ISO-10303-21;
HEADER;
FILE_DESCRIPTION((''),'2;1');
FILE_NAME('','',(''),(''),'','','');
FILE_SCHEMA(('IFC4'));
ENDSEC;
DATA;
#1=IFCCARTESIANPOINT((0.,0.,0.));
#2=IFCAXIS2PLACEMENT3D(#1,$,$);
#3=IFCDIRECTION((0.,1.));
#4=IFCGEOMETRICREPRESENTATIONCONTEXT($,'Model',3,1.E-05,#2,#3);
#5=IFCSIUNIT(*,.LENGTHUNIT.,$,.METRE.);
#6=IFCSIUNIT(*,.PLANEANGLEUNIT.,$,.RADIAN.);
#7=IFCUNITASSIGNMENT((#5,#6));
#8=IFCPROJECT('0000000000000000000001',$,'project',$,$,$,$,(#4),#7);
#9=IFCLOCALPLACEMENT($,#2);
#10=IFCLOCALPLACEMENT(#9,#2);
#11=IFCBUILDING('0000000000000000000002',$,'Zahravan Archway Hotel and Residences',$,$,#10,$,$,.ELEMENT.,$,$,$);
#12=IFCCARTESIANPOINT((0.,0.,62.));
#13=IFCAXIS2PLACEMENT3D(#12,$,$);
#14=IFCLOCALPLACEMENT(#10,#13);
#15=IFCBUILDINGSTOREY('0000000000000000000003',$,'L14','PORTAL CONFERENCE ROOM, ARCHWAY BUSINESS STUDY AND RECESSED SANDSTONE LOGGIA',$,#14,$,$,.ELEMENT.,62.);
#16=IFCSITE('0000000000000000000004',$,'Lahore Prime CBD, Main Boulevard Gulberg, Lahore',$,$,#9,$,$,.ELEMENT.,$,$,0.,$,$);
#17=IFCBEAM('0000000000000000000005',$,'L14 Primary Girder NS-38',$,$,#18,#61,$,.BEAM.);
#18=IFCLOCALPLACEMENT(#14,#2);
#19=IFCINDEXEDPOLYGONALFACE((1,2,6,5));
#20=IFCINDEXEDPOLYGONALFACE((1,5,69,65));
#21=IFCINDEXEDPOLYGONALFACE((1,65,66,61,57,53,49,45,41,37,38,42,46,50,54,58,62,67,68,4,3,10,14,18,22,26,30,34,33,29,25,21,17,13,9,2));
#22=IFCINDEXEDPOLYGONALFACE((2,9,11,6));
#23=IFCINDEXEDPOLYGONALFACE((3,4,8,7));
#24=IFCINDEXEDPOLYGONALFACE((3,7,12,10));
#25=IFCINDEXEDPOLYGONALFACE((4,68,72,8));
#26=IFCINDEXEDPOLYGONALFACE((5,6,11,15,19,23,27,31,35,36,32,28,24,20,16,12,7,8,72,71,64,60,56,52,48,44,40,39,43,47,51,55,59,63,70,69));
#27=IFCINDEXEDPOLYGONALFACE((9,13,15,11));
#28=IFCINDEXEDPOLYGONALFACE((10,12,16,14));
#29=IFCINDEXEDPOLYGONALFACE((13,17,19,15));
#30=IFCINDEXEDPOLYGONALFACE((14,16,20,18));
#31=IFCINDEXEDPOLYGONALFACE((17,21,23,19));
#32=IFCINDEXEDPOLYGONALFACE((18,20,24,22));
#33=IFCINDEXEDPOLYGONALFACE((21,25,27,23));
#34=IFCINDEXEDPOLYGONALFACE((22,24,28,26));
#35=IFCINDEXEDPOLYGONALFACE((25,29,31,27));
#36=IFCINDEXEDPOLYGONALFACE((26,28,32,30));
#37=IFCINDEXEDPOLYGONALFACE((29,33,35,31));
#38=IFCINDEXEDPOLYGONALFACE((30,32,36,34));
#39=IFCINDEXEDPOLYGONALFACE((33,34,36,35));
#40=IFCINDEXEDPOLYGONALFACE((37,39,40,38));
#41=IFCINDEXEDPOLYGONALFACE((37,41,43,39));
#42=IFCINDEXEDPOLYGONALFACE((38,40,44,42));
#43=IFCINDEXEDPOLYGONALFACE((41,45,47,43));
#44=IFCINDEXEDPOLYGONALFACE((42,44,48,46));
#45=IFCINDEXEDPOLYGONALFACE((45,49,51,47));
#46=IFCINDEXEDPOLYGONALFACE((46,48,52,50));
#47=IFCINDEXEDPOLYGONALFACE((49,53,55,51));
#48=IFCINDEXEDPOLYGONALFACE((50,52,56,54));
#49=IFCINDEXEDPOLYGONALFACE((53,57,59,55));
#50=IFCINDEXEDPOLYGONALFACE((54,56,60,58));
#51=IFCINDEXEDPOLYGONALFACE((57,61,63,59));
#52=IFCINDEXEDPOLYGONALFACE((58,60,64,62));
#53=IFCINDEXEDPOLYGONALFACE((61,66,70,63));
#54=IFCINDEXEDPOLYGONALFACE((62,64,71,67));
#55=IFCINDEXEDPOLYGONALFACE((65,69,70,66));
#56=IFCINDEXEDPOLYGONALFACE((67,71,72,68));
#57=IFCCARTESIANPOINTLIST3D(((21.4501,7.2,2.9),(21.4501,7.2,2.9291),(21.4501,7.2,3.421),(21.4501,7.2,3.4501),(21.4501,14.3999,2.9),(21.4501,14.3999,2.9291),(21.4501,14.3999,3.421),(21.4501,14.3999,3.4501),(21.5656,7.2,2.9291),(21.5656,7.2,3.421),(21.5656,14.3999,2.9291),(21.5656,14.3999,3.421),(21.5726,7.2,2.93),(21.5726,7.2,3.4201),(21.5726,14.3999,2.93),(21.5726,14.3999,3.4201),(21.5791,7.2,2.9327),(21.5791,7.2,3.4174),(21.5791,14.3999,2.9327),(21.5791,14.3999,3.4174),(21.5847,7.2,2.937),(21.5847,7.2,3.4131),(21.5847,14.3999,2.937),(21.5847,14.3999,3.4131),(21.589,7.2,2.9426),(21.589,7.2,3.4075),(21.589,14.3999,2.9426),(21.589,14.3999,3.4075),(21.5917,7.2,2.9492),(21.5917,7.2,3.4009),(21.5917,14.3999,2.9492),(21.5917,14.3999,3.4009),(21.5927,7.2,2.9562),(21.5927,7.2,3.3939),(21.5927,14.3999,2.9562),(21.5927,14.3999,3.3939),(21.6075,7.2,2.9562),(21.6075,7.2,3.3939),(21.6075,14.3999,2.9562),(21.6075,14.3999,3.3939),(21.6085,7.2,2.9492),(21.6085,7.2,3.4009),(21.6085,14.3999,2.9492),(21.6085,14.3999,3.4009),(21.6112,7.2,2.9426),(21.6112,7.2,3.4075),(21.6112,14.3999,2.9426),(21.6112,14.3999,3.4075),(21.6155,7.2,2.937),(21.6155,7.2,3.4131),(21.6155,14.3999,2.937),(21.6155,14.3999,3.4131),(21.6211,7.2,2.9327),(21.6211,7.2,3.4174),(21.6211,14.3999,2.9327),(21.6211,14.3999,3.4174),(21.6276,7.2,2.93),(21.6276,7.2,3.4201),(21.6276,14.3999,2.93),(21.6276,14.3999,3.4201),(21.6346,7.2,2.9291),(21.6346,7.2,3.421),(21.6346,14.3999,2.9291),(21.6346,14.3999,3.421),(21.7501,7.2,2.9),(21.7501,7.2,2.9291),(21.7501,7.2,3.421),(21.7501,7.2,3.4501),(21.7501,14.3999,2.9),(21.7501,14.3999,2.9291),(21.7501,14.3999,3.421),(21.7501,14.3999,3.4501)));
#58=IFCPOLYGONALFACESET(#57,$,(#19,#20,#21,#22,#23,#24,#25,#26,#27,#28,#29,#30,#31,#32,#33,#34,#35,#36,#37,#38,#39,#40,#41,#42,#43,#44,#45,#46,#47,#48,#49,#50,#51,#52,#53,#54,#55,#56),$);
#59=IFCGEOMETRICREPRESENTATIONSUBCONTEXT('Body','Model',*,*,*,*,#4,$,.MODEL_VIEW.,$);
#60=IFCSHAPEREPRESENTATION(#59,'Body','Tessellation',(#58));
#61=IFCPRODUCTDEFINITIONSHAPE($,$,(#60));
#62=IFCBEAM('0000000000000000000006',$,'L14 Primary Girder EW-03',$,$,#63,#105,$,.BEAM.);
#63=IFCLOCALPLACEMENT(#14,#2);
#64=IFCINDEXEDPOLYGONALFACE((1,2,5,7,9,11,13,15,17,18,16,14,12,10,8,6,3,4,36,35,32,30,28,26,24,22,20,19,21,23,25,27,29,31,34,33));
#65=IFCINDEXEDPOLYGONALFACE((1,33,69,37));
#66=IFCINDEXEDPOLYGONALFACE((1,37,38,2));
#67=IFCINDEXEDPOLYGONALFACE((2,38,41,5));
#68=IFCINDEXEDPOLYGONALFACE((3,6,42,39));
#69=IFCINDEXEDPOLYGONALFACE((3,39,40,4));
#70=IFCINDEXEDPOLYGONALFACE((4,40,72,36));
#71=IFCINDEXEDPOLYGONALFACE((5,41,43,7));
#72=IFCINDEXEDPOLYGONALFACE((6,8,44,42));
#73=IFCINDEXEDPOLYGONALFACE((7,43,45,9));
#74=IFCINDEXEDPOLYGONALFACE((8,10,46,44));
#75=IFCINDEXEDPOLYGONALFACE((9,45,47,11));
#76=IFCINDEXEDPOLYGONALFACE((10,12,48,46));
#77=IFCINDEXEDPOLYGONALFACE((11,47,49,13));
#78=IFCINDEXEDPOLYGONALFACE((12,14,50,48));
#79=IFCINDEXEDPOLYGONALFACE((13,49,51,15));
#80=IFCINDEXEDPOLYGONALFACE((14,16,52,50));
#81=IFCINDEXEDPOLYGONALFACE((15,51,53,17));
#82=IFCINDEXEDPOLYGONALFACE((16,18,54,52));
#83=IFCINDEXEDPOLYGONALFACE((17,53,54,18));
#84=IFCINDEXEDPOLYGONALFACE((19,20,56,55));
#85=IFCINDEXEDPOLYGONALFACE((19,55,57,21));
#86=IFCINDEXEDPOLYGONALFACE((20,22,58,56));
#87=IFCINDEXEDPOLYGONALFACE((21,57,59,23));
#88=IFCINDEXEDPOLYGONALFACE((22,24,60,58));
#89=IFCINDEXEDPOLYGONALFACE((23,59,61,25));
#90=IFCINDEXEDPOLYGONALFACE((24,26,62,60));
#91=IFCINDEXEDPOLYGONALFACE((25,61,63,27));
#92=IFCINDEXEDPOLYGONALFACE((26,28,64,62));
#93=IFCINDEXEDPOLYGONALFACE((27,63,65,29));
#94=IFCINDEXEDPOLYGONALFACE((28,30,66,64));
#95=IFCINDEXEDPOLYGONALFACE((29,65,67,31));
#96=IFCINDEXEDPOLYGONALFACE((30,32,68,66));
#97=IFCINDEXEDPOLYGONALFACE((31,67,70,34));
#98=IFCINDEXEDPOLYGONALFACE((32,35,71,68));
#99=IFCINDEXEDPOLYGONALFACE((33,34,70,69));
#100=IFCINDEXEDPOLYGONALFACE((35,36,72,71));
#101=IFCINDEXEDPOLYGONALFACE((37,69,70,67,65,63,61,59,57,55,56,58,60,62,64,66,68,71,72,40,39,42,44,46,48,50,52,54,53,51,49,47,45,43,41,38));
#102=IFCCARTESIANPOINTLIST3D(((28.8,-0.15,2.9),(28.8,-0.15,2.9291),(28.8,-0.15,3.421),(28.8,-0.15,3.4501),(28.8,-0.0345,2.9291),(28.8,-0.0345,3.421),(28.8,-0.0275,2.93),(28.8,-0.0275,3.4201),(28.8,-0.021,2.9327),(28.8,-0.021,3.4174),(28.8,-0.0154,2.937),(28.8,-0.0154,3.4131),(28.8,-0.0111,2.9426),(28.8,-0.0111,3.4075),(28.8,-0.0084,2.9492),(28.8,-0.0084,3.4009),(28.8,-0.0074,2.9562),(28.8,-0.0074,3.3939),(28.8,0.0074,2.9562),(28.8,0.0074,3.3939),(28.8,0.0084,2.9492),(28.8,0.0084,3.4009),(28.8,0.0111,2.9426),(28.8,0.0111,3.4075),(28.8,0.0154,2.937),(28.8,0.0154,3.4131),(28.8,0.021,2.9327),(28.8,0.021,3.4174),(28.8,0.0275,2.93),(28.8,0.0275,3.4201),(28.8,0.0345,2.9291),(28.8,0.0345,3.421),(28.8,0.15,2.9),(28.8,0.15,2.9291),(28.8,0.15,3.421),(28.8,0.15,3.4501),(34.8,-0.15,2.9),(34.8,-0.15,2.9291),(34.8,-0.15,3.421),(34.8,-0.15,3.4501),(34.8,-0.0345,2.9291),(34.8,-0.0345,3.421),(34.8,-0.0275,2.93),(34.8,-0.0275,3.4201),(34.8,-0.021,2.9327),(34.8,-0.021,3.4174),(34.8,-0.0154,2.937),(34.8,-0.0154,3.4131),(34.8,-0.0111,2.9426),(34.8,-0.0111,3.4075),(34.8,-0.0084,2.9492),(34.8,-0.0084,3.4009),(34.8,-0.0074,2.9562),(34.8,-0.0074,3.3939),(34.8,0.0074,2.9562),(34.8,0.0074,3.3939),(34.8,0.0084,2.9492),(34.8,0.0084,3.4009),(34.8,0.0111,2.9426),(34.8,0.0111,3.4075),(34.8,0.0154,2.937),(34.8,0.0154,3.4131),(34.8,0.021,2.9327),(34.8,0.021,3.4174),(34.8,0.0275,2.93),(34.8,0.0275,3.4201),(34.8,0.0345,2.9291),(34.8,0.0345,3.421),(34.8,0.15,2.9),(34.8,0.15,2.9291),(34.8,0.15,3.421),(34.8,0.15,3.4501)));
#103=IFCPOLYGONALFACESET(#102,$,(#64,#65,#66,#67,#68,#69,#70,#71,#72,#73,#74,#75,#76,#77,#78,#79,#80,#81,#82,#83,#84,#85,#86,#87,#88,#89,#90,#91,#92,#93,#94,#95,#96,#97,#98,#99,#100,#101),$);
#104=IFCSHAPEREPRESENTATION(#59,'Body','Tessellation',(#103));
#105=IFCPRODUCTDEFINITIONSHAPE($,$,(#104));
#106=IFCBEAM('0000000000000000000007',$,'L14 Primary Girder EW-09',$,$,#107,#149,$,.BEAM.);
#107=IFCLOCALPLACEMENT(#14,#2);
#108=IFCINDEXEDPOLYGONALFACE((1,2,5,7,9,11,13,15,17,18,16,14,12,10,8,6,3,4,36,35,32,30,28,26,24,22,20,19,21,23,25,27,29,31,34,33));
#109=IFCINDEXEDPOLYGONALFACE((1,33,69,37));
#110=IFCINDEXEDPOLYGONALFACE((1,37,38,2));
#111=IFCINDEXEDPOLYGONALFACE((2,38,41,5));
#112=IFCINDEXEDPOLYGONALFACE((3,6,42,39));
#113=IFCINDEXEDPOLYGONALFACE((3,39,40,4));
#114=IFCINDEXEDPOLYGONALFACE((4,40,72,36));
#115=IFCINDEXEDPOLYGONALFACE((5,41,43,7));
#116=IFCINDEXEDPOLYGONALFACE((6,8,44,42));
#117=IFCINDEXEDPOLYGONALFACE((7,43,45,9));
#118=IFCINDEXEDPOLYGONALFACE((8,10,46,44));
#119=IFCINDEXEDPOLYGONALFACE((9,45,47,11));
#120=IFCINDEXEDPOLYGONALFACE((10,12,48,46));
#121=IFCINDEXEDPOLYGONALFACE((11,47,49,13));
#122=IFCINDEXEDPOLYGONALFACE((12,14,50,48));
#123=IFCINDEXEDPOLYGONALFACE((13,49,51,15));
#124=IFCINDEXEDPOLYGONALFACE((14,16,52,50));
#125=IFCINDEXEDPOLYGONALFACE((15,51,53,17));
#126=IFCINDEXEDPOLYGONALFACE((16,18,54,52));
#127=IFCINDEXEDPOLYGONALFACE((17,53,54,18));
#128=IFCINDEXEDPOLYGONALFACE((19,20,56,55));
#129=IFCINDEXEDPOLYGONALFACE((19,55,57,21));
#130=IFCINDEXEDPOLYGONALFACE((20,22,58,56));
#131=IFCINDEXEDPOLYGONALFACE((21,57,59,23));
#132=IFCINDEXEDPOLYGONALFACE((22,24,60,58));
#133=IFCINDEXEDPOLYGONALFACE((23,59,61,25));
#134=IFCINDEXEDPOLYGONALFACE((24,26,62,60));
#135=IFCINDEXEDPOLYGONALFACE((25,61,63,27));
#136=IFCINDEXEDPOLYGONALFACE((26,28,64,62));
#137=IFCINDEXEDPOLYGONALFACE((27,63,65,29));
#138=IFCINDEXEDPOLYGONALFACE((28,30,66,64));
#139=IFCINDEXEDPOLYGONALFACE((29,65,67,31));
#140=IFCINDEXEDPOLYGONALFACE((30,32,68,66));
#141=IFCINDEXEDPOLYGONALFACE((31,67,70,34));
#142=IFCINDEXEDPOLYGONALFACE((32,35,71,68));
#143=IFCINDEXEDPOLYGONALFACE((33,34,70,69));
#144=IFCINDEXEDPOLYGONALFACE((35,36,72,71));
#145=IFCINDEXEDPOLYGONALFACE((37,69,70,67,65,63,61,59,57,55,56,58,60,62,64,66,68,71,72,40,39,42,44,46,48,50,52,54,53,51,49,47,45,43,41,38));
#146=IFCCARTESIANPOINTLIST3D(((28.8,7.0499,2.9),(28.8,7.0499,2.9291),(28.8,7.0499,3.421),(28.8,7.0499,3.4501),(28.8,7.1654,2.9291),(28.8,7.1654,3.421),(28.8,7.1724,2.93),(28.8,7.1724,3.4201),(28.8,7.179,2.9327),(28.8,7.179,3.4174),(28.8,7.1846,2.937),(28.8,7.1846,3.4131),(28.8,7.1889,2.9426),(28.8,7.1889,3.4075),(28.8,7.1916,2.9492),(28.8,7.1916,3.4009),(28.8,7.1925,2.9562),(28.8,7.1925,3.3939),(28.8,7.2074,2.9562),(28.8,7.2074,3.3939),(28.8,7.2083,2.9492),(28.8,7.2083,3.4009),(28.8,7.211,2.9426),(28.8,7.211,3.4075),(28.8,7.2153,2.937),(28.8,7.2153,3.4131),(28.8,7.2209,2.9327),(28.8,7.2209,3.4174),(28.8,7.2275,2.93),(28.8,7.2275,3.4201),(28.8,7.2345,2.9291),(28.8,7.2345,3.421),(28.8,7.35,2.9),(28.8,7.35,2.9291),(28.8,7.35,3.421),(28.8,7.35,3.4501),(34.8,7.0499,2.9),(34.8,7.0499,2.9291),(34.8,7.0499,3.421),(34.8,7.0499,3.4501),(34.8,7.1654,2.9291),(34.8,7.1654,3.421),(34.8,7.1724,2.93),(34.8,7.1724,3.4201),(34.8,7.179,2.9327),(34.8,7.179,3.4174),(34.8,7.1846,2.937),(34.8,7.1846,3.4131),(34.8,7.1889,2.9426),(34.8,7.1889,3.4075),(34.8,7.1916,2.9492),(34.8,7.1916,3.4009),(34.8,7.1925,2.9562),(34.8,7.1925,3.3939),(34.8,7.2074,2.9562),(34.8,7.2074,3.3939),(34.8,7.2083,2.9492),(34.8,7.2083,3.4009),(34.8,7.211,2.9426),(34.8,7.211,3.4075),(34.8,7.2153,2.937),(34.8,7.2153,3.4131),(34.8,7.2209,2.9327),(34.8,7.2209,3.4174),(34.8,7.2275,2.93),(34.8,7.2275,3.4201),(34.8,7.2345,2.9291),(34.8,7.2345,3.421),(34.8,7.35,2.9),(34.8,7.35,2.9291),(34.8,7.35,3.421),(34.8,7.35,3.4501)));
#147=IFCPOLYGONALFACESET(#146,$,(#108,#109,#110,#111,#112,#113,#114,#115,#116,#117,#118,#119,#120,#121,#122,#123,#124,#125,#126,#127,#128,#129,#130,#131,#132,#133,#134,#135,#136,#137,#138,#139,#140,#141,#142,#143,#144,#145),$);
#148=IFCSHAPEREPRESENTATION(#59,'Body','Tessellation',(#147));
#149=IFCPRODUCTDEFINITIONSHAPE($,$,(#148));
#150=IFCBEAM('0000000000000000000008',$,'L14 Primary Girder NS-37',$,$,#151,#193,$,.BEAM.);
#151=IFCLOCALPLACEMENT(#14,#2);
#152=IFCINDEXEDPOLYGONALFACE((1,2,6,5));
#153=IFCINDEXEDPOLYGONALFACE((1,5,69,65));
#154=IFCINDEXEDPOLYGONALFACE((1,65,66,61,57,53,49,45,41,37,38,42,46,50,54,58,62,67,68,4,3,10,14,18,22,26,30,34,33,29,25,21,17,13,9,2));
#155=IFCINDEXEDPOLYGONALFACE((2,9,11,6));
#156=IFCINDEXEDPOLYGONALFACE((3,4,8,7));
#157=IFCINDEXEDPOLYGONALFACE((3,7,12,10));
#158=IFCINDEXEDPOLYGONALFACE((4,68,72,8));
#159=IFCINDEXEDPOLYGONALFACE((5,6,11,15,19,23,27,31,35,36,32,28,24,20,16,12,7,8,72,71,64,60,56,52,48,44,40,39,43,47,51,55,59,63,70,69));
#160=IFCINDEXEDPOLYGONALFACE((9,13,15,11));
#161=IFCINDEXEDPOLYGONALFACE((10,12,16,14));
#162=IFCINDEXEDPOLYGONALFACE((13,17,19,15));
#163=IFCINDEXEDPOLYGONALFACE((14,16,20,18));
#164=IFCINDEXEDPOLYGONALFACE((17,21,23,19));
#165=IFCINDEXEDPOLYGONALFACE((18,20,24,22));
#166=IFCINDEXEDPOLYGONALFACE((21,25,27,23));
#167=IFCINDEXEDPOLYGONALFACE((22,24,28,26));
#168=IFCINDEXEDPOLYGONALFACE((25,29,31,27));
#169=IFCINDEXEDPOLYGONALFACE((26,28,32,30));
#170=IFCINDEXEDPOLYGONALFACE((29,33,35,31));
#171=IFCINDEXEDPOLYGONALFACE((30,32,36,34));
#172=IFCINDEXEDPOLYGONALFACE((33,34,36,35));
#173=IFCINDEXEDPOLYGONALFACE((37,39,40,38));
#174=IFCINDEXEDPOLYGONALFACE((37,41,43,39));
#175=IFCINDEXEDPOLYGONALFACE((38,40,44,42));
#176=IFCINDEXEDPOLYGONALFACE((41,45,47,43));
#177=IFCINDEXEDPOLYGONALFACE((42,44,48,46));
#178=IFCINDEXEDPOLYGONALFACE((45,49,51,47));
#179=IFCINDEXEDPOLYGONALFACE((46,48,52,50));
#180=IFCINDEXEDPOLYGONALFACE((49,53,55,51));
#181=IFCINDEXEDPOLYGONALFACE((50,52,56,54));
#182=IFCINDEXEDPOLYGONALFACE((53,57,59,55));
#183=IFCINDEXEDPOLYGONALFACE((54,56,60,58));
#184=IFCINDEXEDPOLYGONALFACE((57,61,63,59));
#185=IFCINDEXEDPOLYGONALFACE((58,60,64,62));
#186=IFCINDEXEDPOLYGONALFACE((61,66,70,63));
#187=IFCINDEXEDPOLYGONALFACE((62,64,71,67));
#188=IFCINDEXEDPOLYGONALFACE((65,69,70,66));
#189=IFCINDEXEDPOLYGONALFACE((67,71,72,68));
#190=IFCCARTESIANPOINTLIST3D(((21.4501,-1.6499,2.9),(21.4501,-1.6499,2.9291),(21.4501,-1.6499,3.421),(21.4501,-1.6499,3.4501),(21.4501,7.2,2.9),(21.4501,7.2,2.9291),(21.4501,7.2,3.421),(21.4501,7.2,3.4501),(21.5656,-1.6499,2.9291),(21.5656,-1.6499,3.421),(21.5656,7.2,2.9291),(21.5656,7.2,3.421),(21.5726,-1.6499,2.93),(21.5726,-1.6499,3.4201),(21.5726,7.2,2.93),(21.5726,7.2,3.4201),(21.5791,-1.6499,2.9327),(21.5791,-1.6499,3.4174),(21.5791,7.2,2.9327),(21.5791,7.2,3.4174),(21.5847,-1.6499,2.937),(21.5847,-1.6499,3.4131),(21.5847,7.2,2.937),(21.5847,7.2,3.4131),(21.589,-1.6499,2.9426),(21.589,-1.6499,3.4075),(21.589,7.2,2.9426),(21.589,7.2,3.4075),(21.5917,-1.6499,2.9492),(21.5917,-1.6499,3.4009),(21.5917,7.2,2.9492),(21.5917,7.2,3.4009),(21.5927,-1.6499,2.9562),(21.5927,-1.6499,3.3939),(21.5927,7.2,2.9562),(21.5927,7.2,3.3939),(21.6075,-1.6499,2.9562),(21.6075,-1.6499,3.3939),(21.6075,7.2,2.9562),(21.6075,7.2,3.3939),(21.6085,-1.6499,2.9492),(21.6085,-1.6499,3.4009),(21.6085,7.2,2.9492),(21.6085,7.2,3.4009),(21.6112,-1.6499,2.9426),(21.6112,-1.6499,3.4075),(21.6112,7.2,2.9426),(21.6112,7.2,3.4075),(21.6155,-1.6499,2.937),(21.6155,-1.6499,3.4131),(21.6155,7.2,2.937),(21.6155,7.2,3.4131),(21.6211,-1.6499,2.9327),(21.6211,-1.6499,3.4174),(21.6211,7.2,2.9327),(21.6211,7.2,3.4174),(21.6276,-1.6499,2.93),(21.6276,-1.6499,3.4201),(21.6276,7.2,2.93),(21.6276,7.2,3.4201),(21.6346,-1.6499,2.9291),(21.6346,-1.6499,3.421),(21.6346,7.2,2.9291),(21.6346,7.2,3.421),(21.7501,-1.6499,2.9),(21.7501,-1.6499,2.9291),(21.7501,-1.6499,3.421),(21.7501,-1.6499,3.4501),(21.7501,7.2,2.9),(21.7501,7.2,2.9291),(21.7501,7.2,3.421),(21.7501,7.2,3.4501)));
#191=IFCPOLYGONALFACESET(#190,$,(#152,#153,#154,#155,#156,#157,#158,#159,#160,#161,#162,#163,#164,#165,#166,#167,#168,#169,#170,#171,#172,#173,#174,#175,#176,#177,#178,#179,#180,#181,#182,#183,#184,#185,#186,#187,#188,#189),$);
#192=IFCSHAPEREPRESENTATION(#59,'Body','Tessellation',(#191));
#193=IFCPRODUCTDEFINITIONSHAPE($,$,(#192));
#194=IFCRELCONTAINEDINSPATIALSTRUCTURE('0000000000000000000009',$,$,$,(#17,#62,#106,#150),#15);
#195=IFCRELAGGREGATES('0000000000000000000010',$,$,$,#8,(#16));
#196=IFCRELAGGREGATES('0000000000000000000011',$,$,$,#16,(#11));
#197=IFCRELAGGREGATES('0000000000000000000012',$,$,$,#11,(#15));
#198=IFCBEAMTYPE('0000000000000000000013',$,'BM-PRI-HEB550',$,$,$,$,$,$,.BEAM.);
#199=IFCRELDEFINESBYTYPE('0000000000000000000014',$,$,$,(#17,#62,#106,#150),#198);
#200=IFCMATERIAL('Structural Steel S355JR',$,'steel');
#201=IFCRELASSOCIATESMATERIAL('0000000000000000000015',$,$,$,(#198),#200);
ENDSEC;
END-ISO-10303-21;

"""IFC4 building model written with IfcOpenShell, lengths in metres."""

from ifc_helpers import new_model, si_unit, direction, frame, origin, origin_2d, place, context, subcontext, project, spatial, i_section, extrude, source, transform, mapped, material, material_profile, profile_set, type_object, element, save


model = new_model("IFC4")

# Units and contexts
model_context = context("Model", 3, precision=1e-05, world=origin(), true_north=direction((0.0, 1.0)))
body_context = subcontext(model_context, "Body", "Model", "MODEL_VIEW")
ifc_project = project(units=[si_unit("LENGTHUNIT", "METRE"), si_unit("PLANEANGLEUNIT", "RADIAN")], contexts=[model_context])

# Site, building, storey
site_placement = place(None, origin())
site = spatial("IfcSite", under=ifc_project, at=site_placement, Name="Lahore Prime CBD, Main Boulevard Gulberg, Lahore", CompositionType="ELEMENT", RefElevation=0.0)
building_placement = place(site_placement, origin())
building = spatial("IfcBuilding", under=site, at=building_placement, Name="Zahravan Archway Hotel and Residences", CompositionType="ELEMENT")
storey_placement = place(building_placement, frame((0.0, 0.0, 62.0)))
storey = spatial("IfcBuildingStorey", under=building, at=storey_placement, Name="L14", Description="PORTAL CONFERENCE ROOM, ARCHWAY BUSINESS STUDY AND RECESSED SANDSTONE LOGGIA", CompositionType="ELEMENT", Elevation=62.0)

# Beams
ifc_material_1 = material(Name="Structural Steel S355JR", Category="steel")
ifc_material_profile_1 = material_profile(ifc_material_1, i_section(OverallWidth=0.3, OverallDepth=0.55, WebThickness=0.0149, FlangeThickness=0.0291, FilletRadius=0.0271, at=origin_2d()), Name="HEB 550", Category="steel")
ifc_profile_set_1 = profile_set([ifc_material_profile_1], Name="Structural Steel S355JR")
beam_type_1 = type_object("IfcBeamType", Name="BM-PRI-HEB550", PredefinedType="BEAM", material=ifc_profile_set_1)
shared_shape_1 = source(origin(), body_context, "Body", "SweptSolid", [
    extrude(i_section(OverallWidth=0.3, OverallDepth=0.55, WebThickness=0.0149, FlangeThickness=0.0291, FilletRadius=0.0271, at=origin_2d()), origin(), (0.0, 0.0, 1.0), 7.2),
])
for number, where, z_axis, x_axis, name in (
    (1, (21.6001, 7.2, 3.175), (0.0, 1.0, 0.0), (-1.0, 0.0, 0.0), "L14 Primary Girder NS-38"),
):
    element("IfcBeam", number, at=place(storey_placement, frame(where, z_axis=z_axis, x_axis=x_axis)), inside=storey, type_object=beam_type_1, Name=name, PredefinedType="BEAM", context=body_context, shape_type="MappedRepresentation", body=[
        mapped(shared_shape_1, transform((0.0, 0.0, 0.0), scale=1.0)),
    ])
shared_shape_2 = source(origin(), body_context, "Body", "SweptSolid", [
    extrude(i_section(OverallWidth=0.3, OverallDepth=0.55, WebThickness=0.0149, FlangeThickness=0.0291, FilletRadius=0.0271, at=origin_2d()), origin(), (0.0, 0.0, 1.0), 6.0),
])
for number, where, z_axis, x_axis, name in (
    (2, (28.8, 0.0, 3.175), (1.0, 0.0, 0.0), (0.0, 1.0, 0.0), "L14 Primary Girder EW-03"),
    (3, (28.8, 7.2, 3.175), (1.0, 0.0, 0.0), (0.0, 1.0, 0.0), "L14 Primary Girder EW-09"),
):
    element("IfcBeam", number, at=place(storey_placement, frame(where, z_axis=z_axis, x_axis=x_axis)), inside=storey, type_object=beam_type_1, Name=name, PredefinedType="BEAM", context=body_context, shape_type="MappedRepresentation", body=[
        mapped(shared_shape_2, transform((0.0, 0.0, 0.0), scale=1.0)),
    ])
shared_shape_3 = source(origin(), body_context, "Body", "SweptSolid", [
    extrude(i_section(OverallWidth=0.3, OverallDepth=0.55, WebThickness=0.0149, FlangeThickness=0.0291, FilletRadius=0.0271, at=origin_2d()), origin(), (0.0, 0.0, 1.0), 8.8499),
])
for number, where, z_axis, x_axis, name in (
    (4, (21.6001, -1.6499, 3.175), (0.0, 1.0, 0.0), (-1.0, 0.0, 0.0), "L14 Primary Girder NS-37"),
):
    element("IfcBeam", number, at=place(storey_placement, frame(where, z_axis=z_axis, x_axis=x_axis)), inside=storey, type_object=beam_type_1, Name=name, PredefinedType="BEAM", context=body_context, shape_type="MappedRepresentation", body=[
        mapped(shared_shape_3, transform((0.0, 0.0, 0.0), scale=1.0)),
    ])

save(model, "model.ifc")
